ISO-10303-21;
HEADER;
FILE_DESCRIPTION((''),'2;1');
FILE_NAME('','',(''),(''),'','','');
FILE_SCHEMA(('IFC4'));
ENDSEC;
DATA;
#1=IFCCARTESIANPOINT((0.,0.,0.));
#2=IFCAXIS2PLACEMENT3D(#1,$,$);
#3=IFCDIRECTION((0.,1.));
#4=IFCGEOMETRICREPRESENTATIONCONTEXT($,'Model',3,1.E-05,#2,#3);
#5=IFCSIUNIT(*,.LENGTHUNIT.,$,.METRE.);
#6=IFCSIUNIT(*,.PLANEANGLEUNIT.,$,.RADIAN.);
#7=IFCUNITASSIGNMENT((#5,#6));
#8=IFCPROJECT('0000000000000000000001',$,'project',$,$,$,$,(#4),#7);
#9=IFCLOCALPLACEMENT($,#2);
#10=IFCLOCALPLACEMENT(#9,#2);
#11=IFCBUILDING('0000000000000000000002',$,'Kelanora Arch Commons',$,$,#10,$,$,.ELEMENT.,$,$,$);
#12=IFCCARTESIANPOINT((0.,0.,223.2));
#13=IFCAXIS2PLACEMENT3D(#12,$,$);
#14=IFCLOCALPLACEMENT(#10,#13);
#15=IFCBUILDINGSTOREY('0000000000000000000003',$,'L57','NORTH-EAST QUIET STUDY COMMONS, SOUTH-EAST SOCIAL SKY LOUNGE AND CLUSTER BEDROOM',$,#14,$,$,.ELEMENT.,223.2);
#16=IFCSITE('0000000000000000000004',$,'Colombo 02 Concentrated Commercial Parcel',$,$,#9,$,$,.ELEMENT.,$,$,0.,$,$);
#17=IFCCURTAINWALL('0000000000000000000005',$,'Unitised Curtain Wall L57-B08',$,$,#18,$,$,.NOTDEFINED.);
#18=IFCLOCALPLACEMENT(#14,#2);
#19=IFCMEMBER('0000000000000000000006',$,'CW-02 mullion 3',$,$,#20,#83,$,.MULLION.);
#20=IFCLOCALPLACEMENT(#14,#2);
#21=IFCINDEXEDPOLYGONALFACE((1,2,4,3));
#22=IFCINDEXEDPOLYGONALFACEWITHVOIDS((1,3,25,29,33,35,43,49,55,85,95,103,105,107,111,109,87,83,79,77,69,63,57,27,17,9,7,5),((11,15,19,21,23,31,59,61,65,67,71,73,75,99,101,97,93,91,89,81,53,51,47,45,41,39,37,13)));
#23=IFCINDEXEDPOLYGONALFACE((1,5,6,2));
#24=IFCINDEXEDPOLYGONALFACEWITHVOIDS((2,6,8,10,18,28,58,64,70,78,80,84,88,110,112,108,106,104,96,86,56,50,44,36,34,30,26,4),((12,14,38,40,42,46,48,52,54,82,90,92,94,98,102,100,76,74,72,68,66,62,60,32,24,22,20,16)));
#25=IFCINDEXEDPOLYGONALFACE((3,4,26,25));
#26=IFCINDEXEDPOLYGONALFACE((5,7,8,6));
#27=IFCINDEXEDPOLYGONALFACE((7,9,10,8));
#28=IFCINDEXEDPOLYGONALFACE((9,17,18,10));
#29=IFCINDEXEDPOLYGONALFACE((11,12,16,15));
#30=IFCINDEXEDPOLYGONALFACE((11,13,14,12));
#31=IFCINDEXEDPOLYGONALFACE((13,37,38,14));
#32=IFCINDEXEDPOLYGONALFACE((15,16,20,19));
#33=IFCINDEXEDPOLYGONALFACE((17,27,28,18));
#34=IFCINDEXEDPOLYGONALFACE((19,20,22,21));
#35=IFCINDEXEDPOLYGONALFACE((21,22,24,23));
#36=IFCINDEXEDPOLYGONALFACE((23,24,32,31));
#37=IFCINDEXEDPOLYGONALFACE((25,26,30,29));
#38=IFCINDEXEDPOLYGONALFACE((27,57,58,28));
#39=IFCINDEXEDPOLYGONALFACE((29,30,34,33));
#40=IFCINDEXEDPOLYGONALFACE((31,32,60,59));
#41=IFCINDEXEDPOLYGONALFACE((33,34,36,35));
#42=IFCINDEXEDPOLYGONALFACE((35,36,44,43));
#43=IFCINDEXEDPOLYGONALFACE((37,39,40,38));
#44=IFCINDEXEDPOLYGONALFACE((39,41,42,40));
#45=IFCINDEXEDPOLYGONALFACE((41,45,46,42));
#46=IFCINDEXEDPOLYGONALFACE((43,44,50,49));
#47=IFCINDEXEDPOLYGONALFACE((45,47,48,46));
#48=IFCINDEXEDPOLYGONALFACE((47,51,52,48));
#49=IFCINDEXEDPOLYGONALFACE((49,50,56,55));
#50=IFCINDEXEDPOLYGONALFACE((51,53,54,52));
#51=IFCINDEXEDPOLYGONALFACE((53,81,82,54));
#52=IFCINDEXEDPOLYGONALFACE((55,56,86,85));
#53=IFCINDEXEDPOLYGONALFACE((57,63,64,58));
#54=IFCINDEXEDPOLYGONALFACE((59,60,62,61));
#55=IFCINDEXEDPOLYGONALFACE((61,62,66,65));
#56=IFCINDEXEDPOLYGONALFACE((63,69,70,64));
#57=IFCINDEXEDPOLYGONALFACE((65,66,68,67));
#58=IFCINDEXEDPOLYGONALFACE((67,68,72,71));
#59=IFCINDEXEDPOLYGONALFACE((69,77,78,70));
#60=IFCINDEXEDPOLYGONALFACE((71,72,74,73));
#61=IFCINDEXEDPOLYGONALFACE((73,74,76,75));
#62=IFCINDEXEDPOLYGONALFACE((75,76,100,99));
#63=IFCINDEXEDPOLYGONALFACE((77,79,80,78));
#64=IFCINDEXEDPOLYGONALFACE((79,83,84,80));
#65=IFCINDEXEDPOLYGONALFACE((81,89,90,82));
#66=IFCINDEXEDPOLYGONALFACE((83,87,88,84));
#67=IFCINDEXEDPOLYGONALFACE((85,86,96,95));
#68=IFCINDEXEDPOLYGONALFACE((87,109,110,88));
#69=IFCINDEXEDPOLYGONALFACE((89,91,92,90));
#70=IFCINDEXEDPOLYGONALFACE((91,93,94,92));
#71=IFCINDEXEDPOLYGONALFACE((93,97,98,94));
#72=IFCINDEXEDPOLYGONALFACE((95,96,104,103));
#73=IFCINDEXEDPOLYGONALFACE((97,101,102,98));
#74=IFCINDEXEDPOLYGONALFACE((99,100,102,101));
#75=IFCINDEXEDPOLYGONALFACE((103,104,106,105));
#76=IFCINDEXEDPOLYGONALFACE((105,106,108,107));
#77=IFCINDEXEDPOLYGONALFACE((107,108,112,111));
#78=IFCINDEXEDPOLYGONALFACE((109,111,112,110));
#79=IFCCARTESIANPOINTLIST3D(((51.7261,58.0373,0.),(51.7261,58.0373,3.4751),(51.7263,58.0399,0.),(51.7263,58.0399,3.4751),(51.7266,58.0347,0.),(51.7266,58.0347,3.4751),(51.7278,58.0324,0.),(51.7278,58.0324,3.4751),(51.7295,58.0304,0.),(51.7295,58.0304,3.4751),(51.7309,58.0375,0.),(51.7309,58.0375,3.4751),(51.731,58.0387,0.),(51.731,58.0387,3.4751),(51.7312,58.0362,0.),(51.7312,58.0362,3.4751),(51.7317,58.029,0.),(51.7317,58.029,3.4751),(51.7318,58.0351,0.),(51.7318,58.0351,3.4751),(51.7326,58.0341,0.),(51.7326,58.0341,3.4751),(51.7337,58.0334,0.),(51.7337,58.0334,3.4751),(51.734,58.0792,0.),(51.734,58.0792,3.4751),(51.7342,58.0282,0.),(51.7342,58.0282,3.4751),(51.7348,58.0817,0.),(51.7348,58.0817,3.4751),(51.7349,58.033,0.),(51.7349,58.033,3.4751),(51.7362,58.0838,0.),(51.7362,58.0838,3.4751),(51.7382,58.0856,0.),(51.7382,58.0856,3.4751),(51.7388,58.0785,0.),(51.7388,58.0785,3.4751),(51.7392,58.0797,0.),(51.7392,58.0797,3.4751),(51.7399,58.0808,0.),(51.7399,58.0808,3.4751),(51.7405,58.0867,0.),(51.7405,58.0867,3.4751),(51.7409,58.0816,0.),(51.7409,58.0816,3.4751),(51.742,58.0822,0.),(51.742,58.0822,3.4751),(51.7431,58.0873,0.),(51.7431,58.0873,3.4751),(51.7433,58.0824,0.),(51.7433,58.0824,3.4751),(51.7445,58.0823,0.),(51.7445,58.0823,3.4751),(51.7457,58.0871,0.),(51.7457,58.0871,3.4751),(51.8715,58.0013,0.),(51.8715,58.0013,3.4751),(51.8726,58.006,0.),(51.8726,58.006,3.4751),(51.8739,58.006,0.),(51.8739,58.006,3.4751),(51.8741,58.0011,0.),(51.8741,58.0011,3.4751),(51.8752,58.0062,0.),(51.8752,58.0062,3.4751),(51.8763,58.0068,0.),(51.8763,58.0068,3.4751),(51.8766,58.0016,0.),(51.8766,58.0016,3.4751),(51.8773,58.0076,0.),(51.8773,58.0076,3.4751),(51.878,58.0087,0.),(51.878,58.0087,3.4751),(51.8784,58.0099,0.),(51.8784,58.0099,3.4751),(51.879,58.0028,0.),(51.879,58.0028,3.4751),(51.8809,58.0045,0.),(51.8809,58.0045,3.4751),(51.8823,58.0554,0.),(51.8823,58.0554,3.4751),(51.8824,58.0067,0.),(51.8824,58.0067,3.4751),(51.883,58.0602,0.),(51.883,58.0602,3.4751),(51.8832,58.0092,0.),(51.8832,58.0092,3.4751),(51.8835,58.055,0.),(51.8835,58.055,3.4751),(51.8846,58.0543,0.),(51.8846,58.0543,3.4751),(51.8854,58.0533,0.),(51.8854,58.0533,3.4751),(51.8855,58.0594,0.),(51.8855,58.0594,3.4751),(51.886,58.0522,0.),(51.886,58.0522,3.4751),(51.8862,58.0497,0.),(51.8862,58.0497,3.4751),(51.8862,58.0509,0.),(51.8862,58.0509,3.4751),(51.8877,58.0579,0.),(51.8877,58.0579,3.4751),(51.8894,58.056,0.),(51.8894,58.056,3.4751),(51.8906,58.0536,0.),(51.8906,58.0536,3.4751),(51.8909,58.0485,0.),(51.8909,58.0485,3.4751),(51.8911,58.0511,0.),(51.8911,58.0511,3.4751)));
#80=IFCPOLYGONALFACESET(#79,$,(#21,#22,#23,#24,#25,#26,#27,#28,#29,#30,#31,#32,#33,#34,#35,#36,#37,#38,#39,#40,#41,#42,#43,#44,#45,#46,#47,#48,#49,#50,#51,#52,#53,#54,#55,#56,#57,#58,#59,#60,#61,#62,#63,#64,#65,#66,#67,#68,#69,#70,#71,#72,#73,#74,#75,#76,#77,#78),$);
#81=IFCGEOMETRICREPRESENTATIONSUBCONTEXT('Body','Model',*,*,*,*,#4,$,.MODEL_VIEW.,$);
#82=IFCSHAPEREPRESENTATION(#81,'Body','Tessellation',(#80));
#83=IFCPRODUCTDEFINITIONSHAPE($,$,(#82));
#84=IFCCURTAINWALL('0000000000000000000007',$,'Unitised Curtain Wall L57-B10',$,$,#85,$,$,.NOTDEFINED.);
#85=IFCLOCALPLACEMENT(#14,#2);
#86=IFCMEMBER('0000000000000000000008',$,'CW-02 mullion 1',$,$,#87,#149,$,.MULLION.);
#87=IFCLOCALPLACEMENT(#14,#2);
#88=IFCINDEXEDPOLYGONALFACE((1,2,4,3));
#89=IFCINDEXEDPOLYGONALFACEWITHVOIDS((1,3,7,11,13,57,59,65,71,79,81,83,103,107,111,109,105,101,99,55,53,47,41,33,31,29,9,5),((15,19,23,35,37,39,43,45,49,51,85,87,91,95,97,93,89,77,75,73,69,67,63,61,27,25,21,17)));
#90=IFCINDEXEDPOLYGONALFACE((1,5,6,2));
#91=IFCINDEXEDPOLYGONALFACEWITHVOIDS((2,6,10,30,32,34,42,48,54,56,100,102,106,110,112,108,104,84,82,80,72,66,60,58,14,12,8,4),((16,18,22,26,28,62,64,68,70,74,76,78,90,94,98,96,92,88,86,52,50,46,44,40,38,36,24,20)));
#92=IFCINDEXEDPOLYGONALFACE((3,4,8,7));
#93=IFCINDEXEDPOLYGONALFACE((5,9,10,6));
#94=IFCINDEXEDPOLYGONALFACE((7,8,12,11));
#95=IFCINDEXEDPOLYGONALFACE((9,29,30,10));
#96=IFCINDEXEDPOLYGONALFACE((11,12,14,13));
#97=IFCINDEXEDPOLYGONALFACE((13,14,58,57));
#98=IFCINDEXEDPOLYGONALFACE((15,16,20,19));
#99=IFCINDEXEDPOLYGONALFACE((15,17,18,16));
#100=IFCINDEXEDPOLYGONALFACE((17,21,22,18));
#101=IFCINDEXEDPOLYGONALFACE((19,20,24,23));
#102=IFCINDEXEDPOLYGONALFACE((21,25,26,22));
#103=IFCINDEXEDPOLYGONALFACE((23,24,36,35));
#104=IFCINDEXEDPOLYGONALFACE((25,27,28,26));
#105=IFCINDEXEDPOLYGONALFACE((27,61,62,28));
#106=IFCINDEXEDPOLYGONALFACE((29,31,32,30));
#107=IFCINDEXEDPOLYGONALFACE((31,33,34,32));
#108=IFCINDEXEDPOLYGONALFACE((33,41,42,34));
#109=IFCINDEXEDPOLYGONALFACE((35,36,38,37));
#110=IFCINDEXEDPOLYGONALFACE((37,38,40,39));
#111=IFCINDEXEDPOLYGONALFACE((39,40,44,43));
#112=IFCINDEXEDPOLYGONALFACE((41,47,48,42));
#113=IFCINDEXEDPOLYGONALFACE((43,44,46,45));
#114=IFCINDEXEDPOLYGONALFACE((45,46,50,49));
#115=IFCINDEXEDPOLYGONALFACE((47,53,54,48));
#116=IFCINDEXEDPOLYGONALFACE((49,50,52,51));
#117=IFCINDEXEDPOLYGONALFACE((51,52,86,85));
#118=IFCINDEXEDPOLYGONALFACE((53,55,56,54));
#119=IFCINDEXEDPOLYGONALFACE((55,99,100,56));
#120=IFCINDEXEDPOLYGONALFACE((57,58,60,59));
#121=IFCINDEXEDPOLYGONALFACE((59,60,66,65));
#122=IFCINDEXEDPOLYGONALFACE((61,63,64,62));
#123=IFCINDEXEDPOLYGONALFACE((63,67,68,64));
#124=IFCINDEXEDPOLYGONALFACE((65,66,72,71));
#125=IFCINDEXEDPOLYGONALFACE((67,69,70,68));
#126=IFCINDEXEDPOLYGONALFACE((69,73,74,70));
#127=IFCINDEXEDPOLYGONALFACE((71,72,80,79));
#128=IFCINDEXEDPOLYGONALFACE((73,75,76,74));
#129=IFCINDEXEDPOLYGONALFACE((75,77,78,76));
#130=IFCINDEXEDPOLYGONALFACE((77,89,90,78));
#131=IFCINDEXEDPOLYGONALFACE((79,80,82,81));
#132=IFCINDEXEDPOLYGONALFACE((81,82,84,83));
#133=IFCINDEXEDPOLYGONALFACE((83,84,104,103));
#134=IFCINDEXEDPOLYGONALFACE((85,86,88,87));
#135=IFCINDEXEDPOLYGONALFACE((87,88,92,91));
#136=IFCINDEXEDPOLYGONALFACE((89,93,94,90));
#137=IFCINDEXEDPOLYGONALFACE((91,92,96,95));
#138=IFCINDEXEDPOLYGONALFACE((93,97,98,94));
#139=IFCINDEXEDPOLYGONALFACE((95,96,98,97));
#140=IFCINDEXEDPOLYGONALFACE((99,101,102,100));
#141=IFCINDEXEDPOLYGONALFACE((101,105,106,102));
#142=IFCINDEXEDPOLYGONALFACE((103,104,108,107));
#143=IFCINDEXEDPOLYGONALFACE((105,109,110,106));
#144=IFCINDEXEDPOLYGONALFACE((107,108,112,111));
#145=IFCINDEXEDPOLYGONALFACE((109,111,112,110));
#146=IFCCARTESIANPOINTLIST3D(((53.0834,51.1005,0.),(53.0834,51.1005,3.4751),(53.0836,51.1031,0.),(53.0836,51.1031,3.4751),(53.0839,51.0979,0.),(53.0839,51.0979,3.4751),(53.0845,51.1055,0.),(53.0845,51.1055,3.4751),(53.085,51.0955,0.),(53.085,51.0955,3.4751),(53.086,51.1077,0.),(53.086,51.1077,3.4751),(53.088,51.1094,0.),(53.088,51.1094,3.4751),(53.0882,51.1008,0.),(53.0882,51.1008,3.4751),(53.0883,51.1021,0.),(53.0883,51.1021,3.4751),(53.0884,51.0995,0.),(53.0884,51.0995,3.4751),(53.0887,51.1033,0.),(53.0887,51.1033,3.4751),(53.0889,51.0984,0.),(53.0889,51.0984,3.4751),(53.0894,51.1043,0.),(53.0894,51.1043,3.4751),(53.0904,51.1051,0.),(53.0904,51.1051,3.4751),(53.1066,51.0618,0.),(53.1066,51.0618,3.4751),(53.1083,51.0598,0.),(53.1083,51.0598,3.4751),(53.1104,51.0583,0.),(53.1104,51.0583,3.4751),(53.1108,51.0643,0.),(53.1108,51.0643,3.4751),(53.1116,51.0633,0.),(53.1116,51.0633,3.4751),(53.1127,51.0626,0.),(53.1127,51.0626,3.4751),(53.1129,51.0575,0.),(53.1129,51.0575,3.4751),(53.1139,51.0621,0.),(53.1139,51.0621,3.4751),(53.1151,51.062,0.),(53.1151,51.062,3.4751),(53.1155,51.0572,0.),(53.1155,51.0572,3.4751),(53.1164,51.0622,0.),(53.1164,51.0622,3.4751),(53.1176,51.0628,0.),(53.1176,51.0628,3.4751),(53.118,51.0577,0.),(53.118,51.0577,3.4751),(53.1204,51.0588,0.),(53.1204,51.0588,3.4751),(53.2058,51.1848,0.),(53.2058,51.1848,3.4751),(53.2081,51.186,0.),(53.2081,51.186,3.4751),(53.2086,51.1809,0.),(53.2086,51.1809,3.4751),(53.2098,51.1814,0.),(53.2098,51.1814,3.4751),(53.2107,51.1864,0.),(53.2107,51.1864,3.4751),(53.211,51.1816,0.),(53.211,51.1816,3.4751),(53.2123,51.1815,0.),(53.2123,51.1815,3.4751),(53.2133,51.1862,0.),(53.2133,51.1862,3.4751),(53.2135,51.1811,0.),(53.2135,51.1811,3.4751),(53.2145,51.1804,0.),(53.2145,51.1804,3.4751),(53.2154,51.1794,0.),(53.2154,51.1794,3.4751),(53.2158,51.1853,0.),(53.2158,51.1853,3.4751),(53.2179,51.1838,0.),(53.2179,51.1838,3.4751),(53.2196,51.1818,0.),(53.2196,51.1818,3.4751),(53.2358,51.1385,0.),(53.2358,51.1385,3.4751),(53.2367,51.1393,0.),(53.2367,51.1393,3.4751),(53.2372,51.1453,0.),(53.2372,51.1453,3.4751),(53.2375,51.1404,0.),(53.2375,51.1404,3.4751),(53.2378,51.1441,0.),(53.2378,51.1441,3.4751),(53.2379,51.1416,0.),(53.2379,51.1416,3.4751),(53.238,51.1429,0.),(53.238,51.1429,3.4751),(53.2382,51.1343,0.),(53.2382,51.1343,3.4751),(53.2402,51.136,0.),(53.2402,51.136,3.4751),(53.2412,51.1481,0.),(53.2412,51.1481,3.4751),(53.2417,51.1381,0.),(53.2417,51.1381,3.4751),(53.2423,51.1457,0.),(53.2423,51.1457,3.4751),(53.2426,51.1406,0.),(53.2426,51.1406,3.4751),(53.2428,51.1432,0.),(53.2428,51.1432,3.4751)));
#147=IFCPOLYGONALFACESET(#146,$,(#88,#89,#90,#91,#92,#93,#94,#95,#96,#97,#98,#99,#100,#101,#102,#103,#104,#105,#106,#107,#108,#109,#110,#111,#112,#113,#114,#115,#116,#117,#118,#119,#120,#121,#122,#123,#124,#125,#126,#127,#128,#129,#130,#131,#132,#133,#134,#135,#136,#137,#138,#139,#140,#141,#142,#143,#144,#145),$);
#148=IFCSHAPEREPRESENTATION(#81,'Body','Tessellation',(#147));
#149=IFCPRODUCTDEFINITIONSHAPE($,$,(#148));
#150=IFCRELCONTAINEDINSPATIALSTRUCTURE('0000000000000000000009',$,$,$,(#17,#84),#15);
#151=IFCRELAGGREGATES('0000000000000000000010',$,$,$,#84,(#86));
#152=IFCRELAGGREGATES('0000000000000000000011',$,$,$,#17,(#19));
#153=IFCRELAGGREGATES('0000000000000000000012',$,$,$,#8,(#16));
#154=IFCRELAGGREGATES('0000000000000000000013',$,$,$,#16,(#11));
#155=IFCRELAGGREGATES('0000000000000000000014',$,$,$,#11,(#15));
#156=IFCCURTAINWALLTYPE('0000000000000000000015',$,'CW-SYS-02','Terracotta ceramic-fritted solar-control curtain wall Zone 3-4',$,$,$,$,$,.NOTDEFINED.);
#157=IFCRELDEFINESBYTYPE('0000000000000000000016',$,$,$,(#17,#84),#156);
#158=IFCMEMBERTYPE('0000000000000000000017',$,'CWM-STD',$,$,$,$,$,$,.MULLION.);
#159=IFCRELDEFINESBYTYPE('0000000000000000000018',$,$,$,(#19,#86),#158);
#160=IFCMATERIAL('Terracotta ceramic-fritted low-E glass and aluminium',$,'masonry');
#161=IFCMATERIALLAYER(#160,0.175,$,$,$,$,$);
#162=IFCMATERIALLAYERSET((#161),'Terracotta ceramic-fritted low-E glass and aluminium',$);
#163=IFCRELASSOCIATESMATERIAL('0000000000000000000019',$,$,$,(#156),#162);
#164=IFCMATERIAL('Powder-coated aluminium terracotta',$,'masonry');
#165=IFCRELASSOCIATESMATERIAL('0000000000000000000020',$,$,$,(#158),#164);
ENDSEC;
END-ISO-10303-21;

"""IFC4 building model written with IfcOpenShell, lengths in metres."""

from ifc_helpers import new_model, si_unit, direction, frame, origin, origin_2d, place, context, subcontext, project, spatial, hollow_rectangle, extrude, material, layer, layer_set, material_profile, profile_set, type_object, element, aggregate, save


model = new_model("IFC4")

# Units and contexts
model_context = context("Model", 3, precision=1e-05, world=origin(), true_north=direction((0.0, 1.0)))
body_context = subcontext(model_context, "Body", "Model", "MODEL_VIEW")
ifc_project = project(units=[si_unit("LENGTHUNIT", "METRE"), si_unit("PLANEANGLEUNIT", "RADIAN")], contexts=[model_context])

# Site, building, storey
site_placement = place(None, origin())
site = spatial("IfcSite", under=ifc_project, at=site_placement, Name="Colombo 02 Concentrated Commercial Parcel", CompositionType="ELEMENT", RefElevation=0.0)
building_placement = place(site_placement, origin())
building = spatial("IfcBuilding", under=site, at=building_placement, Name="Kelanora Arch Commons", CompositionType="ELEMENT")
storey_placement = place(building_placement, frame((0.0, 0.0, 223.2)))
storey = spatial("IfcBuildingStorey", under=building, at=storey_placement, Name="L57", Description="NORTH-EAST QUIET STUDY COMMONS, SOUTH-EAST SOCIAL SKY LOUNGE AND CLUSTER BEDROOM", CompositionType="ELEMENT", Elevation=223.2)

# Curtain wall, member
ifc_material_1 = material(Name="Terracotta ceramic-fritted low-E glass and aluminium", Category="masonry")
ifc_layer_1 = layer(ifc_material_1, 0.175)
ifc_layer_set_1 = layer_set([ifc_layer_1], Name="Terracotta ceramic-fritted low-E glass and aluminium")
curtain_wall_type = type_object("IfcCurtainWallType", Name="CW-SYS-02", Description="Terracotta ceramic-fritted solar-control curtain wall Zone 3-4", PredefinedType="NOTDEFINED", material=ifc_layer_set_1)
curtain_wall_1_placement = place(storey_placement, origin())
curtain_wall_1 = element("IfcCurtainWall", 1, at=curtain_wall_1_placement, inside=storey, type_object=curtain_wall_type, Name="Unitised Curtain Wall L57-B08", PredefinedType="NOTDEFINED")
ifc_material_2 = material(Name="Powder-coated aluminium terracotta", Category="masonry")
ifc_material_profile_1 = material_profile(ifc_material_2, hollow_rectangle(XDim=0.1599, YDim=0.0601, WallThickness=0.0049, InnerFilletRadius=0.0049, OuterFilletRadius=0.01, at=origin_2d()), Name="CWM160x60")
ifc_profile_set_1 = profile_set([ifc_material_profile_1], Name="Powder-coated aluminium terracotta")
member_type_1 = type_object("IfcMemberType", Name="CWM-STD", PredefinedType="MULLION", material=ifc_profile_set_1)
member_1_placement = place(storey_placement, frame((51.8086, 58.0442, 0.0), z_axis=(0.0, 0.0, 1.0), x_axis=(0.981381, -0.192069, 0.0)))
member_1 = element("IfcMember", 2, at=member_1_placement, type_object=member_type_1, Name="CW-02 mullion 3", PredefinedType="MULLION", context=body_context, shape_type="SweptSolid", body=[
    extrude(hollow_rectangle(XDim=0.1599, YDim=0.0601, WallThickness=0.0049, InnerFilletRadius=0.0049, OuterFilletRadius=0.01, at=origin_2d()), origin(), (0.0, 0.0, 1.0), 3.4751),
])

# Curtain wall, member
curtain_wall_2_placement = place(storey_placement, origin())
curtain_wall_2 = element("IfcCurtainWall", 3, at=curtain_wall_2_placement, inside=storey, type_object=curtain_wall_type, Name="Unitised Curtain Wall L57-B10", PredefinedType="NOTDEFINED")
member_2_placement = place(storey_placement, frame((53.1631, 51.1218, 0.0), z_axis=(0.0, 0.0, 1.0), x_axis=(0.841948, 0.539559, 0.0)))
member_2 = element("IfcMember", 4, at=member_2_placement, type_object=member_type_1, Name="CW-02 mullion 1", PredefinedType="MULLION", context=body_context, shape_type="SweptSolid", body=[
    extrude(hollow_rectangle(XDim=0.1599, YDim=0.0601, WallThickness=0.0049, InnerFilletRadius=0.0049, OuterFilletRadius=0.01, at=origin_2d()), origin(), (0.0, 0.0, 1.0), 3.4751),
])
aggregate(curtain_wall_2, [member_2])

aggregate(curtain_wall_1, [member_1])

save(model, "model.ifc")
